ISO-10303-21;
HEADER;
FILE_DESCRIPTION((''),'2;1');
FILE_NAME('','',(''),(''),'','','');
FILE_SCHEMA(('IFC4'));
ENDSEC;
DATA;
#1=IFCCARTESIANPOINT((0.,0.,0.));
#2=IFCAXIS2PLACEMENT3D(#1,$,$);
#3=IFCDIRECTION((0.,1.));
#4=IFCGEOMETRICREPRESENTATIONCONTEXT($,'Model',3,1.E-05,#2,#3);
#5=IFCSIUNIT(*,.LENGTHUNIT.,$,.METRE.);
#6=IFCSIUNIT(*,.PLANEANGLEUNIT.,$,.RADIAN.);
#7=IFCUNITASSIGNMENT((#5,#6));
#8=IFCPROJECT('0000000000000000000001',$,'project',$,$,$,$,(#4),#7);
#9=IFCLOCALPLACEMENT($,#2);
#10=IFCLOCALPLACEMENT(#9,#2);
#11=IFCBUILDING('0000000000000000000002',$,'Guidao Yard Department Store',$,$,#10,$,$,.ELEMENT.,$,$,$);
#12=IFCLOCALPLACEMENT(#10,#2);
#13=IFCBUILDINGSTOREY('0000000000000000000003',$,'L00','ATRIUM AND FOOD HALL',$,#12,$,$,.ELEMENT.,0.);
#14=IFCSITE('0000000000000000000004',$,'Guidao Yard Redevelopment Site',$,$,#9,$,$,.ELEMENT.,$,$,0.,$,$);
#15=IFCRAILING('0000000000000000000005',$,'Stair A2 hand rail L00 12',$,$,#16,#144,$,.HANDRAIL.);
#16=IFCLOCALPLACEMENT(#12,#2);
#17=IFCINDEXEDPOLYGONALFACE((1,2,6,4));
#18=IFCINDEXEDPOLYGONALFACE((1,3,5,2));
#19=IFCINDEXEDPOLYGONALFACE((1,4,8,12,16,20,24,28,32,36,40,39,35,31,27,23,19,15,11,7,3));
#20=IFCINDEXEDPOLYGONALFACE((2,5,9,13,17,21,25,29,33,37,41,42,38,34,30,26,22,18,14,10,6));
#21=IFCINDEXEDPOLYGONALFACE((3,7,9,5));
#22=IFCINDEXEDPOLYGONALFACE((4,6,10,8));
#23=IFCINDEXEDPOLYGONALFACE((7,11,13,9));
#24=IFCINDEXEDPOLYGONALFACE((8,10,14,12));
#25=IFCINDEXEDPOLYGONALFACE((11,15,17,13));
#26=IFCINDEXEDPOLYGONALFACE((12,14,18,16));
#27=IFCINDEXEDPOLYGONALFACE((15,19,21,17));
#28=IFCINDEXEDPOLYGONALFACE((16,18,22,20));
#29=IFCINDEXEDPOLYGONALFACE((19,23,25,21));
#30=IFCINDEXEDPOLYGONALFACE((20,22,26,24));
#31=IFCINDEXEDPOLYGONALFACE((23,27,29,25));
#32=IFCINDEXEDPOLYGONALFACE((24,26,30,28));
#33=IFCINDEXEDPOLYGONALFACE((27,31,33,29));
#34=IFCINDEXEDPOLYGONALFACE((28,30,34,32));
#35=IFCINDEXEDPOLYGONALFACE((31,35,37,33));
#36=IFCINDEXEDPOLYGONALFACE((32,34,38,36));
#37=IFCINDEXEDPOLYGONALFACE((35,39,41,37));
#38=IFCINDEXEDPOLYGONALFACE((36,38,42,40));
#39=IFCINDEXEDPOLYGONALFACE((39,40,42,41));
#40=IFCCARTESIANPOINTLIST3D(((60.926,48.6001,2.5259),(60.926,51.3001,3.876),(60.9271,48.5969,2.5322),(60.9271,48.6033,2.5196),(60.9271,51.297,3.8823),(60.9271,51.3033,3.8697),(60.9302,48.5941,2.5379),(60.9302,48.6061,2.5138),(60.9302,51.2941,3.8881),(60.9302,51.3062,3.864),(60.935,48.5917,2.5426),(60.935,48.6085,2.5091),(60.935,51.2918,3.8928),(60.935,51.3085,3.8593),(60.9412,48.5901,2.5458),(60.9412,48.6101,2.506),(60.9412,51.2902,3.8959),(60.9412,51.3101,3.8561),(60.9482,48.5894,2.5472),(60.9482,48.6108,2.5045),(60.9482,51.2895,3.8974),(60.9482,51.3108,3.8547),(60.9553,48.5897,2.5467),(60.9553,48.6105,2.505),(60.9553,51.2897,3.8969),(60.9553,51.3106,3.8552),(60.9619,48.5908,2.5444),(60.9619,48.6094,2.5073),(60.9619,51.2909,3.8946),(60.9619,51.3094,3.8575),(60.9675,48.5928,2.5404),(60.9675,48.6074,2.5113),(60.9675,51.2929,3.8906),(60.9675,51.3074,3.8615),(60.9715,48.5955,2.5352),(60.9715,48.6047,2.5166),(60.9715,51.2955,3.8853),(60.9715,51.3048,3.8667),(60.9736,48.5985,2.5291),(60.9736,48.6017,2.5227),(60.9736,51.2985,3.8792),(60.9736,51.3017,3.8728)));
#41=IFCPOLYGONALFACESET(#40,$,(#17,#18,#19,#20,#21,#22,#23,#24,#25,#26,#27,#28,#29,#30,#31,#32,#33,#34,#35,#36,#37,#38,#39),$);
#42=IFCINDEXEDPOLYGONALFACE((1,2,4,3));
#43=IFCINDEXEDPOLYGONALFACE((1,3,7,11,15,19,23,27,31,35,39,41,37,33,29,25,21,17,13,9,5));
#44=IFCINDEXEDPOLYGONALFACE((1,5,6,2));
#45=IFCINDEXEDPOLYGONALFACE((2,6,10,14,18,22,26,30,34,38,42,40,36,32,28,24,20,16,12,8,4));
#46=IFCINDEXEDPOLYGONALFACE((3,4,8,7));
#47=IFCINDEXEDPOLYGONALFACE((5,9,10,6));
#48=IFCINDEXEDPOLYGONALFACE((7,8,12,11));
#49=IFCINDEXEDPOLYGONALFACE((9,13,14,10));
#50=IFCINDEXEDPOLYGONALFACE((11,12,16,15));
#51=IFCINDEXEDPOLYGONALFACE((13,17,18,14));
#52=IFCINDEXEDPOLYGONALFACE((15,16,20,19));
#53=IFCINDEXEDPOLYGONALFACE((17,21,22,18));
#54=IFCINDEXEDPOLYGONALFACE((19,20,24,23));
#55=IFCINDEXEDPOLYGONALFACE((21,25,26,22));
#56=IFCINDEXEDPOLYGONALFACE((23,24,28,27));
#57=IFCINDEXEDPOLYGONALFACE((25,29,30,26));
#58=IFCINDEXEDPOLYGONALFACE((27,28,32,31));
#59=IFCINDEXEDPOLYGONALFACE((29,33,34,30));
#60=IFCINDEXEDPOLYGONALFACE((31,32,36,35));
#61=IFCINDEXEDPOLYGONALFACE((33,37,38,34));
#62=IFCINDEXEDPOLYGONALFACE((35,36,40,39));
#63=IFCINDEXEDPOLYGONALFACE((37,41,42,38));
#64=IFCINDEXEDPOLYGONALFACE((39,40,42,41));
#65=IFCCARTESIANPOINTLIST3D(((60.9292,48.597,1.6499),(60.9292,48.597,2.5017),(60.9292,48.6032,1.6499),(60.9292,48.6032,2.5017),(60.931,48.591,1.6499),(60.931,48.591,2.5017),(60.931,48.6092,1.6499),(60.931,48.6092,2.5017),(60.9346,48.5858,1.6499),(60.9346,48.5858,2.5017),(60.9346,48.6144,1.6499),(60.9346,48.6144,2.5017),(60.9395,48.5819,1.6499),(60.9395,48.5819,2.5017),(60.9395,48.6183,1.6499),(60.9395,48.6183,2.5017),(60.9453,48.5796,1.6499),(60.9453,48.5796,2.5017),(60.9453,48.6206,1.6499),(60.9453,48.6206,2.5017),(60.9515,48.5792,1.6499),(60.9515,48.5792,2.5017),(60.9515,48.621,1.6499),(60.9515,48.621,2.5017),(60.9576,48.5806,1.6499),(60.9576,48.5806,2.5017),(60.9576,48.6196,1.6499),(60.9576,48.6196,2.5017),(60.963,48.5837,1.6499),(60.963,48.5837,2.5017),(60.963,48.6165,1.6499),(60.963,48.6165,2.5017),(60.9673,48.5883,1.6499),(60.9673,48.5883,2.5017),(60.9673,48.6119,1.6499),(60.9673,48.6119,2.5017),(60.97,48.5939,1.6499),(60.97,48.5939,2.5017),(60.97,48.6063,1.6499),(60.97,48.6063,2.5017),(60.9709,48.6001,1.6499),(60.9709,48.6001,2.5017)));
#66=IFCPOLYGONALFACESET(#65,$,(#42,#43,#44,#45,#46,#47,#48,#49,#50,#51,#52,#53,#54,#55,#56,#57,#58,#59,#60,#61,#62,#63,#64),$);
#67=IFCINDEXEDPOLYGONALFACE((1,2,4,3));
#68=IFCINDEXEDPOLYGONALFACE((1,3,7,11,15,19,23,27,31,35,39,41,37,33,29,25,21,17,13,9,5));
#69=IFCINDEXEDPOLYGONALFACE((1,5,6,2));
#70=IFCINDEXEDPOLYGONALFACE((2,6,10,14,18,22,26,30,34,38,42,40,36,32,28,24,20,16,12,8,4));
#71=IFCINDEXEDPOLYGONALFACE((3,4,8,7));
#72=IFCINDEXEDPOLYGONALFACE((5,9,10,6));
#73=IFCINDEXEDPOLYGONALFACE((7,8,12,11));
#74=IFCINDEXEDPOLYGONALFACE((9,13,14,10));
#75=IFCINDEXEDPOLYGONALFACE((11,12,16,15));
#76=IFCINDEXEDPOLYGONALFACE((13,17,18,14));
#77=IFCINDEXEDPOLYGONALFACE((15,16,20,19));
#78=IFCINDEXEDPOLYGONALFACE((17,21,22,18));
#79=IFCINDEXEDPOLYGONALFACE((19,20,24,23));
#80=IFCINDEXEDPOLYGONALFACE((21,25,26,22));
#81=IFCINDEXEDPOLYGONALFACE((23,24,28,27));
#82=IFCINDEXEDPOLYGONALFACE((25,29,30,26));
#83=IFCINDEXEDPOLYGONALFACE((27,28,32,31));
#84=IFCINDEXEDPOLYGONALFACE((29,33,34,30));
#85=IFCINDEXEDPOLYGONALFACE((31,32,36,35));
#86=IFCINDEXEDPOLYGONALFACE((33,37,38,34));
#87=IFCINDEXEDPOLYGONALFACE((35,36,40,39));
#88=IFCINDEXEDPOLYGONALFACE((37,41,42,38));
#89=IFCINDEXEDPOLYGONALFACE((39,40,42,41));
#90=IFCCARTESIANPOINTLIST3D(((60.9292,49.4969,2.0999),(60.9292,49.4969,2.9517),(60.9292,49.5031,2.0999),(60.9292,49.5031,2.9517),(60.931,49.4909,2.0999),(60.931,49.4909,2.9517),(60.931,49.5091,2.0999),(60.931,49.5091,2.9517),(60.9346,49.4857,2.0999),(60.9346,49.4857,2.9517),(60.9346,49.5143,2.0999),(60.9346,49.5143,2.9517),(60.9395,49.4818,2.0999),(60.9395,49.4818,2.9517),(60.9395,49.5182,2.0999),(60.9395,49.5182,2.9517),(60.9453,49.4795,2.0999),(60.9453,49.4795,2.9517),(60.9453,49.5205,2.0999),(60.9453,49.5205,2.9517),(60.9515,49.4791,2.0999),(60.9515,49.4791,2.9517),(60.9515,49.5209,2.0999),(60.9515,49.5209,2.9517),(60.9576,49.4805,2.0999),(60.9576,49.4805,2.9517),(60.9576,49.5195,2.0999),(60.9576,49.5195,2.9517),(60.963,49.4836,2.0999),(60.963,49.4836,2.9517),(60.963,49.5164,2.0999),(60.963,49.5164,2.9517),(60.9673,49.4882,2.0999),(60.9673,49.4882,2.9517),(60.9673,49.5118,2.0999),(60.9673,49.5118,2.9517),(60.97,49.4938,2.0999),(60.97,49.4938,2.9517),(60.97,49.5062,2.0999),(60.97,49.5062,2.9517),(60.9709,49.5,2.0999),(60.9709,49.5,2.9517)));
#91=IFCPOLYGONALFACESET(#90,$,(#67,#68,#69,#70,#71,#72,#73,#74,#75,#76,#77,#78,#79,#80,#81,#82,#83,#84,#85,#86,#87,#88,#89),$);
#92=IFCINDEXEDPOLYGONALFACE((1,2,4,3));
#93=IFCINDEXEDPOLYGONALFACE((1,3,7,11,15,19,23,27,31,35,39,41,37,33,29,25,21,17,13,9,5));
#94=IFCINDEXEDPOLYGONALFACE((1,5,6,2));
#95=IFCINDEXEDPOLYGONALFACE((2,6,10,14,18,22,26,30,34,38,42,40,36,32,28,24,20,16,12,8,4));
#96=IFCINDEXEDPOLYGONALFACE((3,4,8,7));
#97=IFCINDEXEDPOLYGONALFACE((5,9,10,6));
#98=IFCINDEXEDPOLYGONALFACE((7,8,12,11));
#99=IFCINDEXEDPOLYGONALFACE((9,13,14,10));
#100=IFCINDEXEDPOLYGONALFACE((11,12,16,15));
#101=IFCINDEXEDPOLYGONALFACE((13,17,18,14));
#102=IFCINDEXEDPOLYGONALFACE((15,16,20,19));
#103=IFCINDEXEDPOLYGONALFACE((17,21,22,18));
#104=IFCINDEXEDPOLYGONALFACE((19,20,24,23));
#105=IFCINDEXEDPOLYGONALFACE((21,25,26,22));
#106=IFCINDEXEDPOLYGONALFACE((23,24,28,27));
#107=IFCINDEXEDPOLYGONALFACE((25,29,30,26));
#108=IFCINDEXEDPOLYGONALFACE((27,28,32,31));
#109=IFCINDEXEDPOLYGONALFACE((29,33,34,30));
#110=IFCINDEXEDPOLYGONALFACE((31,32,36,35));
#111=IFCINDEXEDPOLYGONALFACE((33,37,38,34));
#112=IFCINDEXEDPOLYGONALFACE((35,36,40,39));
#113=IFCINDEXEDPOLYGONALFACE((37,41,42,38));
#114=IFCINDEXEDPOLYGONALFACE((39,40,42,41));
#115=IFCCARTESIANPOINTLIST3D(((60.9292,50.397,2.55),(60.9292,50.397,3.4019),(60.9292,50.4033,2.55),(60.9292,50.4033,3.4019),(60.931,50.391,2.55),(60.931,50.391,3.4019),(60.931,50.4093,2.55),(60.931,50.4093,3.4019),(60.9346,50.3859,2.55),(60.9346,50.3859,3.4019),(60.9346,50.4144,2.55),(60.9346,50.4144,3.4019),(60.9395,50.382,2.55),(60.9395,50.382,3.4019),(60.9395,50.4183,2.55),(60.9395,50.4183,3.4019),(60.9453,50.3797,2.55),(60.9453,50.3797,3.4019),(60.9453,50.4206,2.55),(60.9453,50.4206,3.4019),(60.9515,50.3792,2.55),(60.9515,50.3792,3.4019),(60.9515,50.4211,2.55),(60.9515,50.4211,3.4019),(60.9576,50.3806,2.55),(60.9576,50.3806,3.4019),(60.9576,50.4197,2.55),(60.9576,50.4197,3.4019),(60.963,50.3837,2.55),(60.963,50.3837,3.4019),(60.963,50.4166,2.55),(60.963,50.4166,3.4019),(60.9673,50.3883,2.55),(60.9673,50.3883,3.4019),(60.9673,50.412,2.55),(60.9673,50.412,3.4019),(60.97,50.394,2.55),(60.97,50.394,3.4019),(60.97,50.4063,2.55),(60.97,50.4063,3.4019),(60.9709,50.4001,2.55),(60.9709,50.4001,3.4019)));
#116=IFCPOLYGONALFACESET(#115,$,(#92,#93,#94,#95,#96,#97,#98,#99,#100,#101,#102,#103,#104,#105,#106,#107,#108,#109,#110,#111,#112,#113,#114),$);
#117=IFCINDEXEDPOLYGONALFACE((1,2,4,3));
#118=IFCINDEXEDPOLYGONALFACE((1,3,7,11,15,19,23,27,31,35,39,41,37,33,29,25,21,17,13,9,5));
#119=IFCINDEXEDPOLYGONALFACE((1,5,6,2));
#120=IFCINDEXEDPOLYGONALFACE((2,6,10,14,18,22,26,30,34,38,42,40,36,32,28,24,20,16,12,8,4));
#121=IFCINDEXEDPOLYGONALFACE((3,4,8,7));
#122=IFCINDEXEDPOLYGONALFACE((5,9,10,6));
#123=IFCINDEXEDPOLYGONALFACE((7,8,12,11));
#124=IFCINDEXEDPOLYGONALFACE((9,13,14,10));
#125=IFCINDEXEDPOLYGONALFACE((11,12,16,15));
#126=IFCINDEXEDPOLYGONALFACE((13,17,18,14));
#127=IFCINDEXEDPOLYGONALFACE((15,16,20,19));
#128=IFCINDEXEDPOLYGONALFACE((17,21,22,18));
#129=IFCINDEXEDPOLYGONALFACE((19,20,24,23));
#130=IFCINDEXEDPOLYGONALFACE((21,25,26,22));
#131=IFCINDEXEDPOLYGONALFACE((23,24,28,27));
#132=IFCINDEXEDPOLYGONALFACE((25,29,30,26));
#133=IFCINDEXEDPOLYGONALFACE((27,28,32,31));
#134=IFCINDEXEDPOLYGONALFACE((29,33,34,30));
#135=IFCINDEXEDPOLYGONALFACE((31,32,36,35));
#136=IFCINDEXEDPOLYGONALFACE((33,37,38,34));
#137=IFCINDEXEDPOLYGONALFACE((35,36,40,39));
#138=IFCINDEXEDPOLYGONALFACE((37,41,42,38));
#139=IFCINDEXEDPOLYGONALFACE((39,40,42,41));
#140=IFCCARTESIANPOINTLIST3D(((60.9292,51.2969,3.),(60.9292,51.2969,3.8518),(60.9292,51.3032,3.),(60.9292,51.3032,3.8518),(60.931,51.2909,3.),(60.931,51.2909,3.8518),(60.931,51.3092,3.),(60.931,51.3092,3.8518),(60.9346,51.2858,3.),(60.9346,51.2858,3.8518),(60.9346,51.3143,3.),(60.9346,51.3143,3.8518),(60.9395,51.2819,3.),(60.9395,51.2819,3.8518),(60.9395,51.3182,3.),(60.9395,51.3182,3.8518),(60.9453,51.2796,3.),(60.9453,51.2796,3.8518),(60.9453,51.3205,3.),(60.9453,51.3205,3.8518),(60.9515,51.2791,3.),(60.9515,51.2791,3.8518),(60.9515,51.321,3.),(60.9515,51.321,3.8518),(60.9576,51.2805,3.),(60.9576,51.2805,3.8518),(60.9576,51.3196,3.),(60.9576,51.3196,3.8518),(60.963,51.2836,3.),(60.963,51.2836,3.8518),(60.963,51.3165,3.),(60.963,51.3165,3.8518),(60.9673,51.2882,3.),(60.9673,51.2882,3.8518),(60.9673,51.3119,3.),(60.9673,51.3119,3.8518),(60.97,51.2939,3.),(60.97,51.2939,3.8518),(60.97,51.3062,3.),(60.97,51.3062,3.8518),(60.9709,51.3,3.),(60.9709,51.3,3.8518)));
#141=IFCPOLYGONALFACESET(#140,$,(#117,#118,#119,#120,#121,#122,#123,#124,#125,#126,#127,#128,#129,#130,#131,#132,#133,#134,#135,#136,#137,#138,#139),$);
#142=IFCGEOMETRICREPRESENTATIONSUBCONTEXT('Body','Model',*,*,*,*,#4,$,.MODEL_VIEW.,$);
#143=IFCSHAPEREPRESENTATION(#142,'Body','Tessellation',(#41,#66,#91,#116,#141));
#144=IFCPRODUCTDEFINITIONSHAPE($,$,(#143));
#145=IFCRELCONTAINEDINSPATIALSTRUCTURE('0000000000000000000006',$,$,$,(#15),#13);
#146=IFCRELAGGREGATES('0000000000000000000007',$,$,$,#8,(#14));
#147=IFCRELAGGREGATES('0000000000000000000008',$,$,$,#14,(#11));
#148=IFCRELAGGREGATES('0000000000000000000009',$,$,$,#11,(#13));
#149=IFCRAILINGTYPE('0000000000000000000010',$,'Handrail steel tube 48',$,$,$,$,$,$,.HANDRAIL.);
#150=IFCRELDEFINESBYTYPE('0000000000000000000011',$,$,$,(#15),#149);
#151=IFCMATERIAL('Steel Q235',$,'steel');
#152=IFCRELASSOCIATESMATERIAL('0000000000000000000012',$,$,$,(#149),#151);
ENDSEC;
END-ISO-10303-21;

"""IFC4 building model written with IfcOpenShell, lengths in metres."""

from ifc_helpers import new_model, si_unit, direction, frame, origin, origin_2d, place, context, subcontext, project, spatial, circle, extrude, material, type_object, element, save


model = new_model("IFC4")

# Units and contexts
model_context = context("Model", 3, precision=1e-05, world=origin(), true_north=direction((0.0, 1.0)))
body_context = subcontext(model_context, "Body", "Model", "MODEL_VIEW")
ifc_project = project(units=[si_unit("LENGTHUNIT", "METRE"), si_unit("PLANEANGLEUNIT", "RADIAN")], contexts=[model_context])

# Site, building, storey
site_placement = place(None, origin())
site = spatial("IfcSite", under=ifc_project, at=site_placement, Name="Guidao Yard Redevelopment Site", CompositionType="ELEMENT", RefElevation=0.0)
building_placement = place(site_placement, origin())
building = spatial("IfcBuilding", under=site, at=building_placement, Name="Guidao Yard Department Store", CompositionType="ELEMENT")
storey_placement = place(building_placement, origin())
storey = spatial("IfcBuildingStorey", under=building, at=storey_placement, Name="L00", Description="ATRIUM AND FOOD HALL", CompositionType="ELEMENT", Elevation=0.0)

# Railing
ifc_material_1 = material(Name="Steel Q235", Category="steel")
railing_type = type_object("IfcRailingType", Name="Handrail steel tube 48", PredefinedType="HANDRAIL", material=ifc_material_1)
for number, where, name in (
    (1, (60.95, 48.6001, 1.6499), "Stair A2 hand rail L00 12"),
):
    element("IfcRailing", number, at=place(storey_placement, frame(where)), inside=storey, type_object=railing_type, Name=name, PredefinedType="HANDRAIL", context=body_context, shape_type="SweptSolid", body=[
        extrude(circle(Radius=0.0239, at=origin_2d()), frame((0.0, 0.0, 0.876), z_axis=(0.0, 0.894411, 0.447246), x_axis=(-1.0, 0.0, 0.0)), (0.0, 0.0, 1.0), 3.0188),
        extrude(circle(Radius=0.021, at=origin_2d()), origin(), (0.0, 0.0, 1.0), 0.8518),
        extrude(circle(Radius=0.021, at=origin_2d()), frame((0.0, 0.8999, 0.45)), (0.0, 0.0, 1.0), 0.8518),
        extrude(circle(Radius=0.021, at=origin_2d()), frame((0.0, 1.8, 0.9001)), (0.0, 0.0, 1.0), 0.8518),
        extrude(circle(Radius=0.021, at=origin_2d()), frame((0.0, 2.7, 1.3501)), (0.0, 0.0, 1.0), 0.8518),
    ])

save(model, "model.ifc")
